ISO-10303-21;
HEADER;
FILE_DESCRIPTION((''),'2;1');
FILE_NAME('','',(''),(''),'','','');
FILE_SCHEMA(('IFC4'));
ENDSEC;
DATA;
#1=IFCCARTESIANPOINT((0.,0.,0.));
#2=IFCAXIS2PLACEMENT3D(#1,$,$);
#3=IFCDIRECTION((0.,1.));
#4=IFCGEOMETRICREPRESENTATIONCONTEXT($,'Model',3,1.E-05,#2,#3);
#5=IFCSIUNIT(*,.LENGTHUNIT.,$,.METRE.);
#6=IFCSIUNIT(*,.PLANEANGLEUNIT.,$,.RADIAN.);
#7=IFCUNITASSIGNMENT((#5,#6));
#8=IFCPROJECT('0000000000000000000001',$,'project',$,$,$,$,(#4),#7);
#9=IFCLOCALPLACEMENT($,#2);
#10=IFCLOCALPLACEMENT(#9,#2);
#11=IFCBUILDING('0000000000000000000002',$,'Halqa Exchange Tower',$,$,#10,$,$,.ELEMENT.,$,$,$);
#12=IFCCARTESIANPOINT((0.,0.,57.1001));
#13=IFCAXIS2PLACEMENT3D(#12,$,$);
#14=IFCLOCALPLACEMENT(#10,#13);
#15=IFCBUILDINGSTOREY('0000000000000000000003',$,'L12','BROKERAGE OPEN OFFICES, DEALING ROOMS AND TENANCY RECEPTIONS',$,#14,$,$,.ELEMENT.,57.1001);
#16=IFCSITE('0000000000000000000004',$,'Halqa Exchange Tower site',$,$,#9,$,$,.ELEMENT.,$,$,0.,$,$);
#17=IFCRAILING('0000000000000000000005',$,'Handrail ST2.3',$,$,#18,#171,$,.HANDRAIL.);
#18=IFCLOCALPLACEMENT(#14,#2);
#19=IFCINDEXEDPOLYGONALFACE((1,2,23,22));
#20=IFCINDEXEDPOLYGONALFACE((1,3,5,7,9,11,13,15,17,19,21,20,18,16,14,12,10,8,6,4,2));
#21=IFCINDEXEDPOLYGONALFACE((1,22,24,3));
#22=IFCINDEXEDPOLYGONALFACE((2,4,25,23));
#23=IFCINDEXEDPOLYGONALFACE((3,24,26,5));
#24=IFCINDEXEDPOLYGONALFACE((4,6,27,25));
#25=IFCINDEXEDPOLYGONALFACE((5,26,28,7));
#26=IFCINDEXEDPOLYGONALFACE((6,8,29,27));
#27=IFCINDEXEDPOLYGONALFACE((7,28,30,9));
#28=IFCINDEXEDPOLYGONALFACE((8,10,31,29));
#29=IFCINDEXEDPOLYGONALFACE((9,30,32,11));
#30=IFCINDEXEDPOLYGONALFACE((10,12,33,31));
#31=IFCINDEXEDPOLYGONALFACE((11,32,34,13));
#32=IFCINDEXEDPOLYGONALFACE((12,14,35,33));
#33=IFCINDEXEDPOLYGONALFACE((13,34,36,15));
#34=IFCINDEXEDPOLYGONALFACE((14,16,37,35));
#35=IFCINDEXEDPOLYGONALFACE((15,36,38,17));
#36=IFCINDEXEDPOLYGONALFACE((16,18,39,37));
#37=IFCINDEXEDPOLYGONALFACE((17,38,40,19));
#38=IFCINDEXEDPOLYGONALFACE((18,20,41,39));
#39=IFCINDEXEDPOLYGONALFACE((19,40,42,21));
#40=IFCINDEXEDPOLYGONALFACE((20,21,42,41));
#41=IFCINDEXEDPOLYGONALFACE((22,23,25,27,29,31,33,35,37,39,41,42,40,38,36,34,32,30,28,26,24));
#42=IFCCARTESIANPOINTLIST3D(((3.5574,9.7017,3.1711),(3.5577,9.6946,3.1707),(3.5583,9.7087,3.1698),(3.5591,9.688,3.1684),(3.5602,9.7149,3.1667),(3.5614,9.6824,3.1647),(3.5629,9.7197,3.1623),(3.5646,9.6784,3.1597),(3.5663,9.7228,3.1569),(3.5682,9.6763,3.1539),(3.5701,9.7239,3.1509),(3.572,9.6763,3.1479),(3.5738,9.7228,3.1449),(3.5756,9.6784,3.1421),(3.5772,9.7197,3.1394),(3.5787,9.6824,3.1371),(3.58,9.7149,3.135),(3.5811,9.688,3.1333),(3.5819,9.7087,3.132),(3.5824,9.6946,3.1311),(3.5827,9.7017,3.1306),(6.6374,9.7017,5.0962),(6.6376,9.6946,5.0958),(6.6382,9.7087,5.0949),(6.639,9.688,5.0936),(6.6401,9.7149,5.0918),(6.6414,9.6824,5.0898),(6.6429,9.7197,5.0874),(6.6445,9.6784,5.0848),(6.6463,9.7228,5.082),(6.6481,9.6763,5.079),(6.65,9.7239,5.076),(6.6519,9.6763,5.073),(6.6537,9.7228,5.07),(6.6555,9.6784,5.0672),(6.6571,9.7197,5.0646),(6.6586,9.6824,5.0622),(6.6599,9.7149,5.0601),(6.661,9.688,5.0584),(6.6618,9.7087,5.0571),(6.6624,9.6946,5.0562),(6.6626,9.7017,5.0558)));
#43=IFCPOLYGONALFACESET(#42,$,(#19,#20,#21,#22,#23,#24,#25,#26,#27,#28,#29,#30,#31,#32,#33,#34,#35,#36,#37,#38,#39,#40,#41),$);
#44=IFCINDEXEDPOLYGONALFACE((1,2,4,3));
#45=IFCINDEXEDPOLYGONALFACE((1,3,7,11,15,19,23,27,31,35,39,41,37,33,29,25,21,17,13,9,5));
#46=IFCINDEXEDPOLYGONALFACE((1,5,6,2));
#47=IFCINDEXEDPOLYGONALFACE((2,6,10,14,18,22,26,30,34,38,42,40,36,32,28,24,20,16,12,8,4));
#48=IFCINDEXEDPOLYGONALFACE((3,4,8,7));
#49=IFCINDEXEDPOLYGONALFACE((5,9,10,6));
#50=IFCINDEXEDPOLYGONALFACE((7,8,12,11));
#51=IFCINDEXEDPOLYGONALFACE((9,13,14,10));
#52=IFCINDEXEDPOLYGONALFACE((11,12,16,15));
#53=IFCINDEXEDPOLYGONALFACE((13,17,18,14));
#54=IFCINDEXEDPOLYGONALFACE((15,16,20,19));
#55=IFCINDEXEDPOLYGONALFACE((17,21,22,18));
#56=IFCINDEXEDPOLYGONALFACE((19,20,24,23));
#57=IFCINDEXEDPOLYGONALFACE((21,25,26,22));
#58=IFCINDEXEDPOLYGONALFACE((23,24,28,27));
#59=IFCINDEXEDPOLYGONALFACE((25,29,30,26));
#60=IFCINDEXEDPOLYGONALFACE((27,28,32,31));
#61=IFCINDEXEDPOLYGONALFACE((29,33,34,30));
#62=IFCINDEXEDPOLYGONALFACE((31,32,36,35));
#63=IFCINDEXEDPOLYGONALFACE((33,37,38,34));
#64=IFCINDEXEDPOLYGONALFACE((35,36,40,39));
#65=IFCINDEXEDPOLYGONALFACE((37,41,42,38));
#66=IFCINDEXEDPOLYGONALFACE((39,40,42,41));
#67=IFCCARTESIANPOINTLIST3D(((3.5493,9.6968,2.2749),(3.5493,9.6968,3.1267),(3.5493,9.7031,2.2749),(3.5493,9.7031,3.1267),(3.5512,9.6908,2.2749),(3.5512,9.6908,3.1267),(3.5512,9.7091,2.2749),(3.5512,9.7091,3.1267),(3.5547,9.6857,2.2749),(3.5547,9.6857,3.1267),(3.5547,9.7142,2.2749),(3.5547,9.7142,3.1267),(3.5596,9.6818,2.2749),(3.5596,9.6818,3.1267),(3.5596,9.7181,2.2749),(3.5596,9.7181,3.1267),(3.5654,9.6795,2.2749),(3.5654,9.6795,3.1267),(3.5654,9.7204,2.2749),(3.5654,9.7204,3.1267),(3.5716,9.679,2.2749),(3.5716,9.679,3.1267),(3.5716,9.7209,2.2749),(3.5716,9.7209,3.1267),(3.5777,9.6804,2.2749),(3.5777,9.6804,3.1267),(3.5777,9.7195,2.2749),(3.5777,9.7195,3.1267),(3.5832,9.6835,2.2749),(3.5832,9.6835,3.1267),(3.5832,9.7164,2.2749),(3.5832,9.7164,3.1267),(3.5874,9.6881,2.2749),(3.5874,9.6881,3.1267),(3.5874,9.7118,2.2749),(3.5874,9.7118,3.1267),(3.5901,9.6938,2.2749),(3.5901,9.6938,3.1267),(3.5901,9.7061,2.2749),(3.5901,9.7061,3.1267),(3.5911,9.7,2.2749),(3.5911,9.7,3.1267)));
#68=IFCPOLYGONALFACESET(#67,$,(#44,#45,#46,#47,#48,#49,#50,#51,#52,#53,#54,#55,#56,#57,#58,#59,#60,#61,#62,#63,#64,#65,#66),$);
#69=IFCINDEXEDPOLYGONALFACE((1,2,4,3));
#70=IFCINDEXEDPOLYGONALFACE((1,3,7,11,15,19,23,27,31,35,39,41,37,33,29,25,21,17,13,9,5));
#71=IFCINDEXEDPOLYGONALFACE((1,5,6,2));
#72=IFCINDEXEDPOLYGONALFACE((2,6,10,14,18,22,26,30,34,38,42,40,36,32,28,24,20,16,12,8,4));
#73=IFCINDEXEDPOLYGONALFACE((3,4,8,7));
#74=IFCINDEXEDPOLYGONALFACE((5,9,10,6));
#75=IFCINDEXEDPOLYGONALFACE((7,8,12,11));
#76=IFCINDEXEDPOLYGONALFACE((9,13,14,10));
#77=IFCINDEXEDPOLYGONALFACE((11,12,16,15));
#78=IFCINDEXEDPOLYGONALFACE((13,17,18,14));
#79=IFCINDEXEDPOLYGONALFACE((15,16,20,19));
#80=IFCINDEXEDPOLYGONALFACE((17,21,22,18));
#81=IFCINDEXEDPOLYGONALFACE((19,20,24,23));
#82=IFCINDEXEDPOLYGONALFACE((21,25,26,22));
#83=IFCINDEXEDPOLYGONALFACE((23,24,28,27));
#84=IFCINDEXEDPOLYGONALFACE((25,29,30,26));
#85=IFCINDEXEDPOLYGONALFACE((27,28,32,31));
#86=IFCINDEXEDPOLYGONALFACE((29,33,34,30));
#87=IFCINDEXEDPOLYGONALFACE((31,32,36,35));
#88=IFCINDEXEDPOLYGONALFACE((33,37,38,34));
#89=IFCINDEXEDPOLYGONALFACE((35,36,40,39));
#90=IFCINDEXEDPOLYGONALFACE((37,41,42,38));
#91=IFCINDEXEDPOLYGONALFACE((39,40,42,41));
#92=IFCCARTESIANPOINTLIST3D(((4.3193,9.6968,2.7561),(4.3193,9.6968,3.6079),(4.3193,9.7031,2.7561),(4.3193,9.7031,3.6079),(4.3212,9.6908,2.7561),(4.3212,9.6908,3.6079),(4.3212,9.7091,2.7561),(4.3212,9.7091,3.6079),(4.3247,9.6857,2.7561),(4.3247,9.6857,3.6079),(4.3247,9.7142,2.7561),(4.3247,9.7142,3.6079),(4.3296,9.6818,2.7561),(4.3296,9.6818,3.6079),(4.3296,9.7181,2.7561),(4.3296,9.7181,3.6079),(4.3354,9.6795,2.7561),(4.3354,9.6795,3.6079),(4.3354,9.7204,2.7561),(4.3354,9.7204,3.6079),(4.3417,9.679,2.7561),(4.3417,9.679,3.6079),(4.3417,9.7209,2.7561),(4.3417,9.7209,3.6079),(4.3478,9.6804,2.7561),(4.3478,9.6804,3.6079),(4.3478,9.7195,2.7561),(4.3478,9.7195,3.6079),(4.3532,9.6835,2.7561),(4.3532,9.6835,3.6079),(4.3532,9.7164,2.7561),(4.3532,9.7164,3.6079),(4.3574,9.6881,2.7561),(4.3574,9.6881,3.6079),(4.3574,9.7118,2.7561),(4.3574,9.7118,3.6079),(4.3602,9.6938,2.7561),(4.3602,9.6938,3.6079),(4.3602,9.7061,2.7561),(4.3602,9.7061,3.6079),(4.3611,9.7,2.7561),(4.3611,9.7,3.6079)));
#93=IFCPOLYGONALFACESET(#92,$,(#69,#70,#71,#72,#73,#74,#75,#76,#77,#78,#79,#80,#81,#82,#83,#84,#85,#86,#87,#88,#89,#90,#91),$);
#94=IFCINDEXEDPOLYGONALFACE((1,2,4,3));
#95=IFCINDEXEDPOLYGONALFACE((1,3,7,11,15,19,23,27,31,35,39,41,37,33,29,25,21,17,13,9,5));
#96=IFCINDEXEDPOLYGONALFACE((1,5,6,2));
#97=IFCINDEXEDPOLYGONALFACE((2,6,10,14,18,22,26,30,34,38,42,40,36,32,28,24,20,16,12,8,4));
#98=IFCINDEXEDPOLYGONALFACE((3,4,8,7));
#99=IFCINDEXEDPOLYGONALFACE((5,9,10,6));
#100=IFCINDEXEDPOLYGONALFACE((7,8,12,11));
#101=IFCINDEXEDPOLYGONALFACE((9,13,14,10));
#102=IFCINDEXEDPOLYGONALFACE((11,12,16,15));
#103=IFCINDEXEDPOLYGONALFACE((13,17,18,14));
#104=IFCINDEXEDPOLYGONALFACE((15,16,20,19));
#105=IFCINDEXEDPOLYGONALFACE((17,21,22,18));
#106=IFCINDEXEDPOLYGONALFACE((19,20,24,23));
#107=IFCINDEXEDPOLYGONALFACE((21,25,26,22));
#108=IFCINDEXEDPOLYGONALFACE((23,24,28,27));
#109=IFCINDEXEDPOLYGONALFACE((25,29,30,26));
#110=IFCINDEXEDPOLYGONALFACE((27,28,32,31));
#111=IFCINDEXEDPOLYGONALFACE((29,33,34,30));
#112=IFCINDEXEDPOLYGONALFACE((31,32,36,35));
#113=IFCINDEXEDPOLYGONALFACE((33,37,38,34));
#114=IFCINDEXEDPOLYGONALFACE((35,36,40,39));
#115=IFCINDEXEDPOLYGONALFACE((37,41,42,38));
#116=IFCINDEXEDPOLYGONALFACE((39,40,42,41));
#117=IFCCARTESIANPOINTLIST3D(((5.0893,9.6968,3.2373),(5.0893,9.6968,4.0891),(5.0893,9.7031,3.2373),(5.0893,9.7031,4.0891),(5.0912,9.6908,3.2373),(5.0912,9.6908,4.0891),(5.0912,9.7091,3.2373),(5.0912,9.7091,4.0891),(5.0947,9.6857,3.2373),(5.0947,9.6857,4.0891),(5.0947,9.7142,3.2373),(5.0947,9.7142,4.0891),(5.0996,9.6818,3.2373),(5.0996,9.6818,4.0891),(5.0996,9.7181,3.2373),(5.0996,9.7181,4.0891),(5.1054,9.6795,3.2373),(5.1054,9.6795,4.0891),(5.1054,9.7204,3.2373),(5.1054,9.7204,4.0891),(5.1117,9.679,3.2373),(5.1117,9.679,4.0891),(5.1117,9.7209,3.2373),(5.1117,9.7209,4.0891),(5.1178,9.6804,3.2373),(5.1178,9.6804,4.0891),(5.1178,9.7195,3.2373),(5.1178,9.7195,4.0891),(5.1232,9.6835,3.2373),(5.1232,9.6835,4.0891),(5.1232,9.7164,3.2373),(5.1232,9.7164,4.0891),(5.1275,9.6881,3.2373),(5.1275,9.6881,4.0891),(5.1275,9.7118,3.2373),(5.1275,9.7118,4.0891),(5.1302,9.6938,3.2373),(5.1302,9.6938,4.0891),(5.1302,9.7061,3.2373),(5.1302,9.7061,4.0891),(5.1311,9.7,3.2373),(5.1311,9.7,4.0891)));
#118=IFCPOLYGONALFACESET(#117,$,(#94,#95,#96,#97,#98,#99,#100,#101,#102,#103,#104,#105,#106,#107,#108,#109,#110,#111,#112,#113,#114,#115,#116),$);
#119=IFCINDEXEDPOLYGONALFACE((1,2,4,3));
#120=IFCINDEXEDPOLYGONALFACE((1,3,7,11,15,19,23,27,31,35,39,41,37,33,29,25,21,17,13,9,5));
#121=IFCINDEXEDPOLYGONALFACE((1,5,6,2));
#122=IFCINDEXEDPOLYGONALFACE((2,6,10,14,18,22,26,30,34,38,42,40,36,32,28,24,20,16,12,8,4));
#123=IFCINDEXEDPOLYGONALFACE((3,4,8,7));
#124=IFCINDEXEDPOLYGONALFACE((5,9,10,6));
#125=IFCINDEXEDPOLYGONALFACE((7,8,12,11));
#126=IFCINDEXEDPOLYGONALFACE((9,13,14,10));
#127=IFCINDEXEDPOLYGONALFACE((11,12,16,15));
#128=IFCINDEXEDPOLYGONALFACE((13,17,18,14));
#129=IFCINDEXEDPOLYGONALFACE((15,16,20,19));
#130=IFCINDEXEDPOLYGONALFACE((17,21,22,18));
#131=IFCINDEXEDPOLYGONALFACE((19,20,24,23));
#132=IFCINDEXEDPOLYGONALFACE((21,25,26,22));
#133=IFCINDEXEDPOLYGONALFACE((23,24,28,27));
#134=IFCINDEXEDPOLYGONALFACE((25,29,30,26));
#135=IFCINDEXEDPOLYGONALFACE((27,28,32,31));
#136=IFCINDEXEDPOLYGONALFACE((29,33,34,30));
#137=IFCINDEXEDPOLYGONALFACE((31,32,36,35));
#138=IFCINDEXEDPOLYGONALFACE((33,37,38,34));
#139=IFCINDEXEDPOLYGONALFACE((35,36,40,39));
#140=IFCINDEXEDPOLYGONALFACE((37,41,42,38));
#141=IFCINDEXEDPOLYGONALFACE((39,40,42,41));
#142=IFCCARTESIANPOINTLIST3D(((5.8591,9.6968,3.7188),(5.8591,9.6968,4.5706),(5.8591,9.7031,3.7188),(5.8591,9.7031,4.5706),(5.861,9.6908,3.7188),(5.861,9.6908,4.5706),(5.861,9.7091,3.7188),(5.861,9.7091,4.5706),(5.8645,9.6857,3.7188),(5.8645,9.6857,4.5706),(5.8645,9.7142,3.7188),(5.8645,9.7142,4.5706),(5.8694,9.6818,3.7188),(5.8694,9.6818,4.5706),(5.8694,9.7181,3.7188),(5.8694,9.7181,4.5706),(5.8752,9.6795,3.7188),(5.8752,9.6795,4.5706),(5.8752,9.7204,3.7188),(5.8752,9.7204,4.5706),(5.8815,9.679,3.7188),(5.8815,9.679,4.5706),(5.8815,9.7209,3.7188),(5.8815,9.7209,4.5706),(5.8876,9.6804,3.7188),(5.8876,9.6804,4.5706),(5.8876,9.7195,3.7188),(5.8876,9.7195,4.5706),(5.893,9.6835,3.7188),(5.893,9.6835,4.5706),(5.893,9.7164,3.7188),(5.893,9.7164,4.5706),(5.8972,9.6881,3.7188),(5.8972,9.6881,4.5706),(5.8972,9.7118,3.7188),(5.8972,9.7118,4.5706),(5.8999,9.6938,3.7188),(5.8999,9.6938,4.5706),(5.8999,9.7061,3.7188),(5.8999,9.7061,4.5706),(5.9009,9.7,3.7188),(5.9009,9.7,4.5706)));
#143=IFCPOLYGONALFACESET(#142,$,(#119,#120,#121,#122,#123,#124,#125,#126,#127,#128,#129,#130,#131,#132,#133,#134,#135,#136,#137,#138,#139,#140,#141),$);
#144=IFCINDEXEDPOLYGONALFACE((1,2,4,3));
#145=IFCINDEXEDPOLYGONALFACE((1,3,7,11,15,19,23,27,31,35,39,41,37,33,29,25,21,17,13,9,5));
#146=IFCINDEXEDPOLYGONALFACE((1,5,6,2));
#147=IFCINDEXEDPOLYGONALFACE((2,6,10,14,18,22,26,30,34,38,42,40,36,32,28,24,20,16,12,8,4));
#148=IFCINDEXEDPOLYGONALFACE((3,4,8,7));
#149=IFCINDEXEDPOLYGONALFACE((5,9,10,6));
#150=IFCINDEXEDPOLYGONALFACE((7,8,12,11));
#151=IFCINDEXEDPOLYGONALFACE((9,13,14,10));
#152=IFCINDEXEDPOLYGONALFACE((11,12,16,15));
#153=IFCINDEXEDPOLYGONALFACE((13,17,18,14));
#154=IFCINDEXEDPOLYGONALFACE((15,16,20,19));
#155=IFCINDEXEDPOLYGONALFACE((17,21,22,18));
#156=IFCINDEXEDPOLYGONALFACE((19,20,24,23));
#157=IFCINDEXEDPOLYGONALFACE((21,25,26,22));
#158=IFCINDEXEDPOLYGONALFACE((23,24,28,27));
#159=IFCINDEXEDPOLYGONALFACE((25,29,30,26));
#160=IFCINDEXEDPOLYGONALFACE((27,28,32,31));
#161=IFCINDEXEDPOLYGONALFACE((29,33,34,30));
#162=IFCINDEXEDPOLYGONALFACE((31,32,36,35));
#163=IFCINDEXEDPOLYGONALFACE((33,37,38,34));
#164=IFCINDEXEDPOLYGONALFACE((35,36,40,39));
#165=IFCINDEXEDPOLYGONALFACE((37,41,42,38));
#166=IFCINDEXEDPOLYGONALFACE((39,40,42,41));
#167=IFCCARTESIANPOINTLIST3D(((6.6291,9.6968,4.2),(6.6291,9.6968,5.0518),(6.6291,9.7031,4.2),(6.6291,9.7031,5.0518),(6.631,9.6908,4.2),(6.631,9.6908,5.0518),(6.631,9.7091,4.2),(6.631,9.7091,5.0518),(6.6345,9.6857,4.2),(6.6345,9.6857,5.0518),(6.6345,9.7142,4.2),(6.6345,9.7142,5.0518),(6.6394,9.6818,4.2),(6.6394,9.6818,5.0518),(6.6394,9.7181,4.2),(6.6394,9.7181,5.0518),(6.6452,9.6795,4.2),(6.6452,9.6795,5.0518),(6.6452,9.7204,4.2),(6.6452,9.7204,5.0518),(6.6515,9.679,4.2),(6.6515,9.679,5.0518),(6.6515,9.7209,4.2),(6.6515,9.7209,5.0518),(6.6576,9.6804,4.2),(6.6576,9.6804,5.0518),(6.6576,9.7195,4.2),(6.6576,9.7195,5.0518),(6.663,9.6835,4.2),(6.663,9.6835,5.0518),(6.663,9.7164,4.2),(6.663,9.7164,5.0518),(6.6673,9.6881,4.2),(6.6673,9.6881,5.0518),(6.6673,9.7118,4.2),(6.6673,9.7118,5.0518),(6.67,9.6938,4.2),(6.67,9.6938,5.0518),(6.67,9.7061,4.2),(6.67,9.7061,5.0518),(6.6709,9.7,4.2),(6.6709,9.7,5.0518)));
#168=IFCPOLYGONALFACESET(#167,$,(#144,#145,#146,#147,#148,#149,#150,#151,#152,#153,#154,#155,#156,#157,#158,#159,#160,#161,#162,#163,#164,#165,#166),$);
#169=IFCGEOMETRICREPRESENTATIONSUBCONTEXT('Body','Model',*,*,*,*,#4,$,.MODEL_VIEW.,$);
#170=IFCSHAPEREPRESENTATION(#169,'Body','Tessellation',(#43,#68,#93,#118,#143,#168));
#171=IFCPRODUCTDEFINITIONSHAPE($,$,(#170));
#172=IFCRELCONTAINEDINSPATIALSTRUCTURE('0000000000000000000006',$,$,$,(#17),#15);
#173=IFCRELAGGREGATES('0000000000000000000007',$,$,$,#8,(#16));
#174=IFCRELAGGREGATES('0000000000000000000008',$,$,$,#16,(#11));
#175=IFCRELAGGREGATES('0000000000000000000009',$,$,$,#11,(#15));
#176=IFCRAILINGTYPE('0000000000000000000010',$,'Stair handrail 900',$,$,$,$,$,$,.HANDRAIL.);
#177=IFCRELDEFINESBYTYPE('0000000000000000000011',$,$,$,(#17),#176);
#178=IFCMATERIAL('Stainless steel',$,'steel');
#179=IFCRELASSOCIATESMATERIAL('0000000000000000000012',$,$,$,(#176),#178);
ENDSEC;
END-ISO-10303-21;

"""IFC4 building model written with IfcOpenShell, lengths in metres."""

from ifc_helpers import new_model, si_unit, direction, frame, origin, origin_2d, place, context, subcontext, project, spatial, circle, extrude, material, type_object, element, save


model = new_model("IFC4")

# Units and contexts
model_context = context("Model", 3, precision=1e-05, world=origin(), true_north=direction((0.0, 1.0)))
body_context = subcontext(model_context, "Body", "Model", "MODEL_VIEW")
ifc_project = project(units=[si_unit("LENGTHUNIT", "METRE"), si_unit("PLANEANGLEUNIT", "RADIAN")], contexts=[model_context])

# Site, building, storey
site_placement = place(None, origin())
site = spatial("IfcSite", under=ifc_project, at=site_placement, Name="Halqa Exchange Tower site", CompositionType="ELEMENT", RefElevation=0.0)
building_placement = place(site_placement, origin())
building = spatial("IfcBuilding", under=site, at=building_placement, Name="Halqa Exchange Tower", CompositionType="ELEMENT")
storey_placement = place(building_placement, frame((0.0, 0.0, 57.1001)))
storey = spatial("IfcBuildingStorey", under=building, at=storey_placement, Name="L12", Description="BROKERAGE OPEN OFFICES, DEALING ROOMS AND TENANCY RECEPTIONS", CompositionType="ELEMENT", Elevation=57.1001)

# Railing
ifc_material_1 = material(Name="Stainless steel", Category="steel")
railing_type_1 = type_object("IfcRailingType", Name="Stair handrail 900", PredefinedType="HANDRAIL", material=ifc_material_1)
railing_1_placement = place(storey_placement, frame((3.5701, 9.7, 2.2749)))
element("IfcRailing", 1, at=railing_1_placement, inside=storey, type_object=railing_type_1, Name="Handrail ST2.3", PredefinedType="HANDRAIL", context=body_context, shape_type="SweptSolid", body=[
    extrude(circle(Radius=0.0239, at=origin_2d()), frame((0.0, 0.0, 0.876), z_axis=(0.847979, 0.0, 0.530029), x_axis=(0.0, 1.0, 0.0)), (0.0, 0.0, 1.0), 3.6321),
    extrude(circle(Radius=0.021, at=origin_2d()), origin(), (0.0, 0.0, 1.0), 0.8518),
    extrude(circle(Radius=0.021, at=origin_2d()), frame((0.77, 0.0, 0.4812)), (0.0, 0.0, 1.0), 0.8518),
    extrude(circle(Radius=0.021, at=origin_2d()), frame((1.54, 0.0, 0.9624)), (0.0, 0.0, 1.0), 0.8518),
    extrude(circle(Radius=0.021, at=origin_2d()), frame((2.3098, 0.0, 1.4438)), (0.0, 0.0, 1.0), 0.8518),
    extrude(circle(Radius=0.021, at=origin_2d()), frame((3.0798, 0.0, 1.925)), (0.0, 0.0, 1.0), 0.8518),
])

save(model, "model.ifc")
